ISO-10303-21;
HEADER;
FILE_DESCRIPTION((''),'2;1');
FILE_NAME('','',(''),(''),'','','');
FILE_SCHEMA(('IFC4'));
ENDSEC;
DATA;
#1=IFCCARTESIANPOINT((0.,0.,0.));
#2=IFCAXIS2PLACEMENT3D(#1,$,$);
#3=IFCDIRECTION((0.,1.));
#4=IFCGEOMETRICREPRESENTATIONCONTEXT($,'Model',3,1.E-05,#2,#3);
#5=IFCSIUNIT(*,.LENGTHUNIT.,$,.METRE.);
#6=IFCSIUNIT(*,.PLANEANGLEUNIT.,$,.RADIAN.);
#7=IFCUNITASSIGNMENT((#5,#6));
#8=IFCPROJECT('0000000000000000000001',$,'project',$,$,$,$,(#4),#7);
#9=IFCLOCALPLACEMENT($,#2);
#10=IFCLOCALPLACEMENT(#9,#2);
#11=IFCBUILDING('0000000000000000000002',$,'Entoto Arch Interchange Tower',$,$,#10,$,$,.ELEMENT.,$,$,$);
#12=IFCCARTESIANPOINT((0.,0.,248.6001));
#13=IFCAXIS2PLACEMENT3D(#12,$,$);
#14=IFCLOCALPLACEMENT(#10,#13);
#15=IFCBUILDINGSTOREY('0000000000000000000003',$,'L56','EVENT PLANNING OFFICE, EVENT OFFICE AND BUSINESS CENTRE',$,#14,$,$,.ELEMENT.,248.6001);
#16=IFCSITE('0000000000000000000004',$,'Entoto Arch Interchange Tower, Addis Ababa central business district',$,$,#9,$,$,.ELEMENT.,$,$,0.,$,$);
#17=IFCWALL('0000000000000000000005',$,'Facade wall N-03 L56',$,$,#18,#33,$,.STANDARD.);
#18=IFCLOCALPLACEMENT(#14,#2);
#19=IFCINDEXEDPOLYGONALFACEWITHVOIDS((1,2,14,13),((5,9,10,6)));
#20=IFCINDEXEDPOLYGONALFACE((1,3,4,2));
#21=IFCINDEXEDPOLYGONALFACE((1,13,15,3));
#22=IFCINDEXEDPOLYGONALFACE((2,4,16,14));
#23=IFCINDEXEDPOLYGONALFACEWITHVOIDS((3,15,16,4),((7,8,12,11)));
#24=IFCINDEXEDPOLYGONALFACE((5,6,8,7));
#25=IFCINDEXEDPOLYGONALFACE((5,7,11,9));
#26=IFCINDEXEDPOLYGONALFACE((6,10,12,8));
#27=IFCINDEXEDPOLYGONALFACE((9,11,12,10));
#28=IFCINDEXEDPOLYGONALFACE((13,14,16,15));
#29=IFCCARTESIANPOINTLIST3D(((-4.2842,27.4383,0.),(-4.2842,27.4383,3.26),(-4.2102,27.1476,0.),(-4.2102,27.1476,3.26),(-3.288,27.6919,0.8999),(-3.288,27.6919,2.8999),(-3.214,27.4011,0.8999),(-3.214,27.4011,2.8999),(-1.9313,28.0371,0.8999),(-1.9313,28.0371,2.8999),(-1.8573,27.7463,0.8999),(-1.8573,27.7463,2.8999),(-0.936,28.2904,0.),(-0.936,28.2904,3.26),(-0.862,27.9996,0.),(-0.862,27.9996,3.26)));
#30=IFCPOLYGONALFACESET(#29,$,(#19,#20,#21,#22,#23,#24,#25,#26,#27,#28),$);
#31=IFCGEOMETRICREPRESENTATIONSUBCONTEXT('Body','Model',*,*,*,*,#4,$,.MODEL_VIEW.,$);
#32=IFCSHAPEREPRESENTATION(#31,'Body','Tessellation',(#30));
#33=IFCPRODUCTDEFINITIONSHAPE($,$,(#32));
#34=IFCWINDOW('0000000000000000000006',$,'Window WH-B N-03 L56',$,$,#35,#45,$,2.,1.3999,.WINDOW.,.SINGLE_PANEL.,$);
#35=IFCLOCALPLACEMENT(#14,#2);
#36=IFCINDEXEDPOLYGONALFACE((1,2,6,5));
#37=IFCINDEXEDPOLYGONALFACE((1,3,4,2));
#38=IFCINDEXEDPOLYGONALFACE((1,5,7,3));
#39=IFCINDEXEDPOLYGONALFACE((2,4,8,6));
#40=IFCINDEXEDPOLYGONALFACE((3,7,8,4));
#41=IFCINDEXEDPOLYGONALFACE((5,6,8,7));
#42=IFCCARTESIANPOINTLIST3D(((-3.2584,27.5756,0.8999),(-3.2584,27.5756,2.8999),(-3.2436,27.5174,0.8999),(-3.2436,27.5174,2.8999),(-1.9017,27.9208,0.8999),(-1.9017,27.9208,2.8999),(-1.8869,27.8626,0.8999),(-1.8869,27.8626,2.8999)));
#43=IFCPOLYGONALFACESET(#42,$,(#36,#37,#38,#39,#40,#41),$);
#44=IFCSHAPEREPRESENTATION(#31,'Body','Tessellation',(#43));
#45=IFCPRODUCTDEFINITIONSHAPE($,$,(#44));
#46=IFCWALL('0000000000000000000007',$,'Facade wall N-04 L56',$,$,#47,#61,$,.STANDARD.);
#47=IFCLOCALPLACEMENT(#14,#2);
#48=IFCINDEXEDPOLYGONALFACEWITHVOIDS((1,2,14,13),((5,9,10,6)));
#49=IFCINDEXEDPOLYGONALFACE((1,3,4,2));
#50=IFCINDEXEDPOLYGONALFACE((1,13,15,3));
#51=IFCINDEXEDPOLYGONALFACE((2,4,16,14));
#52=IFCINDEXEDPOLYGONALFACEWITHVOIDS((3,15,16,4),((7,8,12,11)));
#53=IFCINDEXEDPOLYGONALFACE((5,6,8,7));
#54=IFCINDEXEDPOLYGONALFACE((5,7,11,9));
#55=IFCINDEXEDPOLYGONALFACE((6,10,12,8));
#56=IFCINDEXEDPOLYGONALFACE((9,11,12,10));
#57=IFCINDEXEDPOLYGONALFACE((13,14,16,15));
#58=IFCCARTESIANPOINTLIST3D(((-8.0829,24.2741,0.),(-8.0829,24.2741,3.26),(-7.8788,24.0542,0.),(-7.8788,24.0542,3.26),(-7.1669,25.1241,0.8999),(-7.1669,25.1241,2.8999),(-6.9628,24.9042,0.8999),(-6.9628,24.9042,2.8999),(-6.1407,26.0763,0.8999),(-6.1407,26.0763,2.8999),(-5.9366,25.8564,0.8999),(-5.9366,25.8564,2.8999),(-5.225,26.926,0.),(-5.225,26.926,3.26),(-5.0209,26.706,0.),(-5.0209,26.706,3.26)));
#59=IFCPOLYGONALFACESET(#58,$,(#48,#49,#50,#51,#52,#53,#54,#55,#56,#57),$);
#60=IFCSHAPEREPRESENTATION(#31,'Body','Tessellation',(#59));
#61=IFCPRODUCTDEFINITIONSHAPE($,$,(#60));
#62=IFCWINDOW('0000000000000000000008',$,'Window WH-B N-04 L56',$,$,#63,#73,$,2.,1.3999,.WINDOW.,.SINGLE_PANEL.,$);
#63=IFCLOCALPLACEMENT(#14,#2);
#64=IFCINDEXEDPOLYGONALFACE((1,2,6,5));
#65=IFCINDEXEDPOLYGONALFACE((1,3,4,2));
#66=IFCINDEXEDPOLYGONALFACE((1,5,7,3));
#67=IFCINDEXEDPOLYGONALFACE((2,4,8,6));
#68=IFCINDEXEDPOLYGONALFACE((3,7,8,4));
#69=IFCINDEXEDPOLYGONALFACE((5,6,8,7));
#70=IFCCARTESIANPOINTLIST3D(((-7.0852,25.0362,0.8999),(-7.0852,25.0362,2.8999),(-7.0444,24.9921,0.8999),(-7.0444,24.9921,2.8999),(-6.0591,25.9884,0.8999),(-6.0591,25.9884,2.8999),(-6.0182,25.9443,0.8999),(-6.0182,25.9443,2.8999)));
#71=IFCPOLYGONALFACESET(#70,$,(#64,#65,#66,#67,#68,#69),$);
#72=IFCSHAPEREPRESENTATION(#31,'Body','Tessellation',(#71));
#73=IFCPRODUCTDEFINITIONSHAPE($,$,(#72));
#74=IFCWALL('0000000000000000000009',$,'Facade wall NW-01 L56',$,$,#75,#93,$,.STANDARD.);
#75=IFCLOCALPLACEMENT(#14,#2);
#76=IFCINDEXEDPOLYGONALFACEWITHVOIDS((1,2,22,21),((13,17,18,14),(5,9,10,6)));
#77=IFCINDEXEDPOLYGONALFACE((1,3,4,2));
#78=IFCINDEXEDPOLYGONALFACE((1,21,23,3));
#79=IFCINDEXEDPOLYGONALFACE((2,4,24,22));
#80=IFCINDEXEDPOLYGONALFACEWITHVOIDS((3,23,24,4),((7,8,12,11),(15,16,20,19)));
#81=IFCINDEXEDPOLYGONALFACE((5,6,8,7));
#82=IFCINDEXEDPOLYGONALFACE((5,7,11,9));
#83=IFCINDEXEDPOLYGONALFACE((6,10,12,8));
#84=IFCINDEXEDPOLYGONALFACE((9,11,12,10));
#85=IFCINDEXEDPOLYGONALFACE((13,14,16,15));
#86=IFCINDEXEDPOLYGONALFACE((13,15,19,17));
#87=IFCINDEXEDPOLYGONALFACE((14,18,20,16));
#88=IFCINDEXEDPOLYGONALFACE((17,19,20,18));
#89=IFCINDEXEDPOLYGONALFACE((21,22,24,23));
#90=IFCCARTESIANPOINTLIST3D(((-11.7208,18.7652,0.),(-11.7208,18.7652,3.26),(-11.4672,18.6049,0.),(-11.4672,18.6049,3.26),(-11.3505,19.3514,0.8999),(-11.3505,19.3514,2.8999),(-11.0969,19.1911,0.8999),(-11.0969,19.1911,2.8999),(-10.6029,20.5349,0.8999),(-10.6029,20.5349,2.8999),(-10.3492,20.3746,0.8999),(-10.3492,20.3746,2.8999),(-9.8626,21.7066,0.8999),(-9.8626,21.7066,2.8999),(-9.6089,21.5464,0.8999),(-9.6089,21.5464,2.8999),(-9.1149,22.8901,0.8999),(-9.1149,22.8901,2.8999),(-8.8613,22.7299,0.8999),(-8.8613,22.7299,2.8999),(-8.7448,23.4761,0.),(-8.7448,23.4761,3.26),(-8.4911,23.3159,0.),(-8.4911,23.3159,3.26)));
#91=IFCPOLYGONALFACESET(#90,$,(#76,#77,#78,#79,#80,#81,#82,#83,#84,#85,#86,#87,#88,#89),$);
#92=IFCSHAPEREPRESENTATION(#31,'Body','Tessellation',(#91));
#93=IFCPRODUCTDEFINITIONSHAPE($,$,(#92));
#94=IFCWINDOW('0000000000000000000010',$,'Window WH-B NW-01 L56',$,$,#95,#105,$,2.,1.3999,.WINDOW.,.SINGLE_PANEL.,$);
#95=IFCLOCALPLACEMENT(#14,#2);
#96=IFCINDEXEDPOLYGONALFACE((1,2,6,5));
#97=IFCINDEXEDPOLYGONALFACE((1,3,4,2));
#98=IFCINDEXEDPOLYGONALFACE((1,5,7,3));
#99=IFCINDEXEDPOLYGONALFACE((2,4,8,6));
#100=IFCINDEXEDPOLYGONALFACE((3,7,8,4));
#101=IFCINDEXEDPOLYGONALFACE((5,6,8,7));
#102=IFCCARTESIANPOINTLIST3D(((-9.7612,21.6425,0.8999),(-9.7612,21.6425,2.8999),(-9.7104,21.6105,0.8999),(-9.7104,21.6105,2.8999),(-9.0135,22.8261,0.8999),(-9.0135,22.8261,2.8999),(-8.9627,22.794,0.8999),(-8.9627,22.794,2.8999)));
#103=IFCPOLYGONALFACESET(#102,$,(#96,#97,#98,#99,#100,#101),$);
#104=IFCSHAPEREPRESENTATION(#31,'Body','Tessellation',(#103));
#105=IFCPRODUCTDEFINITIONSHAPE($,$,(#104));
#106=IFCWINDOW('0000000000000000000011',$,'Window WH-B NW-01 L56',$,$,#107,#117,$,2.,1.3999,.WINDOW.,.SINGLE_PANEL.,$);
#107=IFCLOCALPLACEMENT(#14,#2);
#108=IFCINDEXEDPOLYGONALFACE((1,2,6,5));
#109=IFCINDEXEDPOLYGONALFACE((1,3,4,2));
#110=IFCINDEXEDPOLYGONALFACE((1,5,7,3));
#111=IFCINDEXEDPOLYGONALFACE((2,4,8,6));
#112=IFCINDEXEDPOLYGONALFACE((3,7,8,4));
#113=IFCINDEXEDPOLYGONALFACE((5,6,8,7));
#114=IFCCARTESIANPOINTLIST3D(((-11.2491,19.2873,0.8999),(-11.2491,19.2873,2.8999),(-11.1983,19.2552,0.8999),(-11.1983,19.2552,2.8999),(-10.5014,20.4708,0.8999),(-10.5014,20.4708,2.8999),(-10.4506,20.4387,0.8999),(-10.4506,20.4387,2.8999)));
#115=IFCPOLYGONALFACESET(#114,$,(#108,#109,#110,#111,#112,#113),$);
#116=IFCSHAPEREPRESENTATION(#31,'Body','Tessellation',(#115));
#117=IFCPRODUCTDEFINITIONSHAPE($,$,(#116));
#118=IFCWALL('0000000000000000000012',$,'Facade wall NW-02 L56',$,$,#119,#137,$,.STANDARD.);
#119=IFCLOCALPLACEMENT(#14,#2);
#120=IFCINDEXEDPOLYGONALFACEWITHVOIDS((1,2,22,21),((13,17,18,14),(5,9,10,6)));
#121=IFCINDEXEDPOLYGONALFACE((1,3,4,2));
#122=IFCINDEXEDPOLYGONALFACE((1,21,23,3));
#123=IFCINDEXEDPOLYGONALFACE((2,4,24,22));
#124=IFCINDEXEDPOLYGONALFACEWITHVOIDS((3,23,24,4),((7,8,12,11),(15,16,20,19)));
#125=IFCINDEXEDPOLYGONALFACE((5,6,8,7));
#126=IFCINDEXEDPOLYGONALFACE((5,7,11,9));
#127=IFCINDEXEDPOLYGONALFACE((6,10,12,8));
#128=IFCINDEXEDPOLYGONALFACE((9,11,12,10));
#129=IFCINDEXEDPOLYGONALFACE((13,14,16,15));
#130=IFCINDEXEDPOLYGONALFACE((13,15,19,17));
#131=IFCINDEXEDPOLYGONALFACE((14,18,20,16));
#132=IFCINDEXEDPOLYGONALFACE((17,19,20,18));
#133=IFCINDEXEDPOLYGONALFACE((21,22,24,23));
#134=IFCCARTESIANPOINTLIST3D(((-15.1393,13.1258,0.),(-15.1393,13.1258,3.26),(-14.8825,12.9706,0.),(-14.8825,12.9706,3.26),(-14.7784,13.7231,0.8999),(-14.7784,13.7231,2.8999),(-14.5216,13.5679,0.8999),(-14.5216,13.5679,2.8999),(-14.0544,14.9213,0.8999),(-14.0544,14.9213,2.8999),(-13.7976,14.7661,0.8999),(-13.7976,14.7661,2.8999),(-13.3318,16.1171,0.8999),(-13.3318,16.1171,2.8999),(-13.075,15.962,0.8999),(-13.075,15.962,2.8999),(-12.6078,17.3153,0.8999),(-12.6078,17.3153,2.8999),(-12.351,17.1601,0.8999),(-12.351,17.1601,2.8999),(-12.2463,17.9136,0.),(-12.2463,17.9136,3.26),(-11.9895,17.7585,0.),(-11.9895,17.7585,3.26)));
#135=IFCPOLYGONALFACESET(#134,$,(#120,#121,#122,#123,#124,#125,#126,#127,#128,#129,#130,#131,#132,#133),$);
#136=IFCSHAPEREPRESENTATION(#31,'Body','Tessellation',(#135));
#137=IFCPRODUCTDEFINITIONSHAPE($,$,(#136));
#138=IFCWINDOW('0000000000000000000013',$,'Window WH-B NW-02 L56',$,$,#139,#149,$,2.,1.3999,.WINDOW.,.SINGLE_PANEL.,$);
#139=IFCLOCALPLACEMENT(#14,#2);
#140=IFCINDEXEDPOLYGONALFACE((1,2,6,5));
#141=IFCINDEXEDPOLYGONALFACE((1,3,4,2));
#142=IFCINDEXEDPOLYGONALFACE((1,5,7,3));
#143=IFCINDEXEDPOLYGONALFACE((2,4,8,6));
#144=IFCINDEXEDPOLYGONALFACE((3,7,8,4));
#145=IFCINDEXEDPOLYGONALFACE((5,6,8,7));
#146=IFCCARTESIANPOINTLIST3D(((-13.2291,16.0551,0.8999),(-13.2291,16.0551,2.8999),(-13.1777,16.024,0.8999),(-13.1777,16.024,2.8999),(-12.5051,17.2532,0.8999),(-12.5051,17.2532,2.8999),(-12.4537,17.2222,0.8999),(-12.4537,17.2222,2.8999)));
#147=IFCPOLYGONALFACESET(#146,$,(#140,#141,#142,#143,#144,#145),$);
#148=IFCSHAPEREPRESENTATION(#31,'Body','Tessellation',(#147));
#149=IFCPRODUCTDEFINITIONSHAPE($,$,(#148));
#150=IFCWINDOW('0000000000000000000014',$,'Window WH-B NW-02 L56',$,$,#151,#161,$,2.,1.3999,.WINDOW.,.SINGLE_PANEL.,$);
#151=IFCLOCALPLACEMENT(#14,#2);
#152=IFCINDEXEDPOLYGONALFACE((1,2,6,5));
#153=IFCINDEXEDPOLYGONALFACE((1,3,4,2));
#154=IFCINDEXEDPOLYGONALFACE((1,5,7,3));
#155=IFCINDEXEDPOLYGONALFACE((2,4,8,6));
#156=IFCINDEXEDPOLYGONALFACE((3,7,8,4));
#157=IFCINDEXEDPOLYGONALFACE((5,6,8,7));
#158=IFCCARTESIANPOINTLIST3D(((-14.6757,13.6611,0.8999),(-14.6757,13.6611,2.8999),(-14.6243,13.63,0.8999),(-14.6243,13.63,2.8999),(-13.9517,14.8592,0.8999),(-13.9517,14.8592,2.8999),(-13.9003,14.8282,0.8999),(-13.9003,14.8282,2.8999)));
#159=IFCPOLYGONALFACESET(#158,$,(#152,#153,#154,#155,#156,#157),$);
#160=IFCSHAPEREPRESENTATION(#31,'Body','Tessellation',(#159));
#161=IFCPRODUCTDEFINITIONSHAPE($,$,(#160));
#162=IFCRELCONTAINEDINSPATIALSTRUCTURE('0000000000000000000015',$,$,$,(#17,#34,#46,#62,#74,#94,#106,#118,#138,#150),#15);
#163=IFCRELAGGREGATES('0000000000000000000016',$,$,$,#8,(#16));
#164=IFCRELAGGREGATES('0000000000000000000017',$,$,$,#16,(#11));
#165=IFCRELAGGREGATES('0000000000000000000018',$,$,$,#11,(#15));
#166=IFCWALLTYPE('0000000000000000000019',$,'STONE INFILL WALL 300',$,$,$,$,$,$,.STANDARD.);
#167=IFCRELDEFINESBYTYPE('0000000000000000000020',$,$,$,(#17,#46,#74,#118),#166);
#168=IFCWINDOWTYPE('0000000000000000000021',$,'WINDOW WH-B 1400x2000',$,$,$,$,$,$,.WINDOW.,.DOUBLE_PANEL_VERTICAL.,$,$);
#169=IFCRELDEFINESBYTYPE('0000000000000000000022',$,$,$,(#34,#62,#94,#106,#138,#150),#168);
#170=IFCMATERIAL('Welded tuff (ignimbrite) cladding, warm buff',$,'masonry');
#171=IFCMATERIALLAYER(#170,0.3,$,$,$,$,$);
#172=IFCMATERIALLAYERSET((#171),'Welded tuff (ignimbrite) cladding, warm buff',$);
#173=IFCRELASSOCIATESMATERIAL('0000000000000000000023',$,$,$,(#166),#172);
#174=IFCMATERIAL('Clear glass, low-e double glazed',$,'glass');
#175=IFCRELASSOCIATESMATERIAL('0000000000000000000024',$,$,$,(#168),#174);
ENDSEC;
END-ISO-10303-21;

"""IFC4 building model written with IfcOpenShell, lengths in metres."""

from ifc_helpers import new_model, si_unit, direction, frame, frame_2d, origin, place, context, subcontext, project, spatial, rectangle, extrude, material, layer, layer_set, type_object, element, fill, save


model = new_model("IFC4")

# Units and contexts
model_context = context("Model", 3, precision=1e-05, world=origin(), true_north=direction((0.0, 1.0)))
body_context = subcontext(model_context, "Body", "Model", "MODEL_VIEW")
ifc_project = project(units=[si_unit("LENGTHUNIT", "METRE"), si_unit("PLANEANGLEUNIT", "RADIAN")], contexts=[model_context])

# Site, building, storey
site_placement = place(None, origin())
site = spatial("IfcSite", under=ifc_project, at=site_placement, Name="Entoto Arch Interchange Tower, Addis Ababa central business district", CompositionType="ELEMENT", RefElevation=0.0)
building_placement = place(site_placement, origin())
building = spatial("IfcBuilding", under=site, at=building_placement, Name="Entoto Arch Interchange Tower", CompositionType="ELEMENT")
storey_placement = place(building_placement, frame((0.0, 0.0, 248.6001)))
storey = spatial("IfcBuildingStorey", under=building, at=storey_placement, Name="L56", Description="EVENT PLANNING OFFICE, EVENT OFFICE AND BUSINESS CENTRE", CompositionType="ELEMENT", Elevation=248.6001)

# Walls, openings, windows
ifc_material_1 = material(Name="Welded tuff (ignimbrite) cladding, warm buff", Category="masonry")
ifc_layer_1 = layer(ifc_material_1, 0.3)
ifc_layer_set_1 = layer_set([ifc_layer_1], Name="Welded tuff (ignimbrite) cladding, warm buff")
wall_type_1 = type_object("IfcWallType", Name="STONE INFILL WALL 300", PredefinedType="STANDARD", material=ifc_layer_set_1)
wall_1_placement = place(storey_placement, frame((-0.8989, 28.145, 0.0), z_axis=(0.0, 0.0, 1.0), x_axis=(-0.969111, -0.246624, 0.0)))
wall_1 = element("IfcWall", 1, at=wall_1_placement, inside=storey, type_object=wall_type_1, Name="Facade wall N-03 L56", PredefinedType="STANDARD", context=body_context, shape_type="SweptSolid", body=[
    extrude(rectangle(XDim=3.4548, YDim=0.3, at=frame_2d((1.7275, 0.0))), origin(), (0.0, 0.0, 1.0), 3.26),
])
opening_1_placement = place(wall_1_placement, frame((1.0271, 0.0, 0.8999)))
opening_1 = element("IfcOpeningElement", 2, at=opening_1_placement, cuts=wall_1, PredefinedType="OPENING", context=body_context, shape_type="SweptSolid", body=[
    extrude(rectangle(XDim=1.3999, YDim=2.0, at=frame_2d((0.7, 1.0))), frame((0.0, 0.1602, 0.0), z_axis=(0.0, -1.0, 0.0), x_axis=(1.0, 0.0, 0.0)), (0.0, 0.0, 1.0), 0.3201),
])
ifc_material_2 = material(Name="Clear glass, low-e double glazed", Category="glass")
window_type = type_object("IfcWindowType", Name="WINDOW WH-B 1400x2000", PartitioningType="DOUBLE_PANEL_VERTICAL", PredefinedType="WINDOW", material=ifc_material_2)
window_1_placement = place(opening_1_placement, origin())
window_1 = element("IfcWindow", 3, at=window_1_placement, inside=storey, type_object=window_type, Name="Window WH-B N-03 L56", OverallHeight=2.0, OverallWidth=1.3999, PartitioningType="SINGLE_PANEL", PredefinedType="WINDOW", context=body_context, shape_type="SweptSolid", body=[
    extrude(rectangle(XDim=1.3999, YDim=2.0, at=frame_2d((0.7, 1.0))), frame((0.0, 0.03, 0.0), z_axis=(0.0, -1.0, 0.0), x_axis=(1.0, 0.0, 0.0)), (0.0, 0.0, 1.0), 0.0601),
])
fill(opening_1, window_1)
wall_2_placement = place(storey_placement, frame((-5.123, 26.8159, 0.0), z_axis=(0.0, 0.0, 1.0), x_axis=(-0.733039, -0.680187, 0.0)))
wall_2 = element("IfcWall", 4, at=wall_2_placement, inside=storey, type_object=wall_type_1, Name="Facade wall N-04 L56", PredefinedType="STANDARD", context=body_context, shape_type="SweptSolid", body=[
    extrude(rectangle(XDim=3.8987, YDim=0.3, at=frame_2d((1.9492, 0.0))), origin(), (0.0, 0.0, 1.0), 3.26),
])
opening_2_placement = place(wall_2_placement, frame((1.249, 0.0, 0.8999)))
opening_2 = element("IfcOpeningElement", 5, at=opening_2_placement, cuts=wall_2, PredefinedType="OPENING", context=body_context, shape_type="SweptSolid", body=[
    extrude(rectangle(XDim=1.3999, YDim=2.0, at=frame_2d((0.7, 1.0))), frame((0.0, 0.1602, 0.0), z_axis=(0.0, -1.0, 0.0), x_axis=(1.0, 0.0, 0.0)), (0.0, 0.0, 1.0), 0.3201),
])
window_2_placement = place(opening_2_placement, origin())
window_2 = element("IfcWindow", 6, at=window_2_placement, inside=storey, type_object=window_type, Name="Window WH-B N-04 L56", OverallHeight=2.0, OverallWidth=1.3999, PartitioningType="SINGLE_PANEL", PredefinedType="WINDOW", context=body_context, shape_type="SweptSolid", body=[
    extrude(rectangle(XDim=1.3999, YDim=2.0, at=frame_2d((0.7, 1.0))), frame((0.0, 0.03, 0.0), z_axis=(0.0, -1.0, 0.0), x_axis=(1.0, 0.0, 0.0)), (0.0, 0.0, 1.0), 0.0601),
])
fill(opening_2, window_2)

# Walls, openings, windows
wall_3_placement = place(storey_placement, frame((-8.6179, 23.396, 0.0), z_axis=(0.0, 0.0, 1.0), x_axis=(-0.534089, -0.845429, 0.0)))
wall_3 = element("IfcWall", 7, at=wall_3_placement, inside=storey, type_object=wall_type_1, Name="Facade wall NW-01 L56", PredefinedType="STANDARD", context=body_context, shape_type="SweptSolid", body=[
    extrude(rectangle(XDim=5.5723, YDim=0.3, at=frame_2d((2.7861, 0.0))), origin(), (0.0, 0.0, 1.0), 3.26),
])
opening_3_placement = place(wall_3_placement, frame((0.6931, 0.0, 0.8999)))
opening_3 = element("IfcOpeningElement", 8, at=opening_3_placement, cuts=wall_3, PredefinedType="OPENING", context=body_context, shape_type="SweptSolid", body=[
    extrude(rectangle(XDim=1.3999, YDim=2.0, at=frame_2d((0.7, 1.0))), frame((0.0, 0.1602, 0.0), z_axis=(0.0, -1.0, 0.0), x_axis=(1.0, 0.0, 0.0)), (0.0, 0.0, 1.0), 0.3201),
])
opening_4_placement = place(wall_3_placement, frame((3.479, 0.0, 0.8999)))
opening_4 = element("IfcOpeningElement", 9, at=opening_4_placement, cuts=wall_3, PredefinedType="OPENING", context=body_context, shape_type="SweptSolid", body=[
    extrude(rectangle(XDim=1.3999, YDim=2.0, at=frame_2d((0.7, 1.0))), frame((0.0, 0.1602, 0.0), z_axis=(0.0, -1.0, 0.0), x_axis=(1.0, 0.0, 0.0)), (0.0, 0.0, 1.0), 0.3201),
])
window_3_placement = place(opening_3_placement, origin())
window_3 = element("IfcWindow", 10, at=window_3_placement, inside=storey, type_object=window_type, Name="Window WH-B NW-01 L56", OverallHeight=2.0, OverallWidth=1.3999, PartitioningType="SINGLE_PANEL", PredefinedType="WINDOW", context=body_context, shape_type="SweptSolid", body=[
    extrude(rectangle(XDim=1.3999, YDim=2.0, at=frame_2d((0.7, 1.0))), frame((0.0, 0.03, 0.0), z_axis=(0.0, -1.0, 0.0), x_axis=(1.0, 0.0, 0.0)), (0.0, 0.0, 1.0), 0.0601),
])
fill(opening_3, window_3)
window_4_placement = place(opening_4_placement, origin())
window_4 = element("IfcWindow", 11, at=window_4_placement, inside=storey, type_object=window_type, Name="Window WH-B NW-01 L56", OverallHeight=2.0, OverallWidth=1.3999, PartitioningType="SINGLE_PANEL", PredefinedType="WINDOW", context=body_context, shape_type="SweptSolid", body=[
    extrude(rectangle(XDim=1.3999, YDim=2.0, at=frame_2d((0.7, 1.0))), frame((0.0, 0.03, 0.0), z_axis=(0.0, -1.0, 0.0), x_axis=(1.0, 0.0, 0.0)), (0.0, 0.0, 1.0), 0.0601),
])
fill(opening_4, window_4)
wall_4_placement = place(storey_placement, frame((-12.1179, 17.8359, 0.0), z_axis=(0.0, 0.0, 1.0), x_axis=(-0.51717, -0.855883, 0.0)))
wall_4 = element("IfcWall", 12, at=wall_4_placement, inside=storey, type_object=wall_type_1, Name="Facade wall NW-02 L56", PredefinedType="STANDARD", context=body_context, shape_type="SweptSolid", body=[
    extrude(rectangle(XDim=5.594, YDim=0.3, at=frame_2d((2.7969, 0.0))), origin(), (0.0, 0.0, 1.0), 3.26),
])
opening_5_placement = place(wall_4_placement, frame((0.699, 0.0, 0.8999)))
opening_5 = element("IfcOpeningElement", 13, at=opening_5_placement, cuts=wall_4, PredefinedType="OPENING", context=body_context, shape_type="SweptSolid", body=[
    extrude(rectangle(XDim=1.3999, YDim=2.0, at=frame_2d((0.7, 1.0))), frame((0.0, 0.1602, 0.0), z_axis=(0.0, -1.0, 0.0), x_axis=(1.0, 0.0, 0.0)), (0.0, 0.0, 1.0), 0.3201),
])
opening_6_placement = place(wall_4_placement, frame((3.4961, 0.0, 0.8999)))
opening_6 = element("IfcOpeningElement", 14, at=opening_6_placement, cuts=wall_4, PredefinedType="OPENING", context=body_context, shape_type="SweptSolid", body=[
    extrude(rectangle(XDim=1.3999, YDim=2.0, at=frame_2d((0.7, 1.0))), frame((0.0, 0.1602, 0.0), z_axis=(0.0, -1.0, 0.0), x_axis=(1.0, 0.0, 0.0)), (0.0, 0.0, 1.0), 0.3201),
])
window_5_placement = place(opening_5_placement, origin())
window_5 = element("IfcWindow", 15, at=window_5_placement, inside=storey, type_object=window_type, Name="Window WH-B NW-02 L56", OverallHeight=2.0, OverallWidth=1.3999, PartitioningType="SINGLE_PANEL", PredefinedType="WINDOW", context=body_context, shape_type="SweptSolid", body=[
    extrude(rectangle(XDim=1.3999, YDim=2.0, at=frame_2d((0.7, 1.0))), frame((0.0, 0.03, 0.0), z_axis=(0.0, -1.0, 0.0), x_axis=(1.0, 0.0, 0.0)), (0.0, 0.0, 1.0), 0.0601),
])
fill(opening_5, window_5)
window_6_placement = place(opening_6_placement, origin())
window_6 = element("IfcWindow", 16, at=window_6_placement, inside=storey, type_object=window_type, Name="Window WH-B NW-02 L56", OverallHeight=2.0, OverallWidth=1.3999, PartitioningType="SINGLE_PANEL", PredefinedType="WINDOW", context=body_context, shape_type="SweptSolid", body=[
    extrude(rectangle(XDim=1.3999, YDim=2.0, at=frame_2d((0.7, 1.0))), frame((0.0, 0.03, 0.0), z_axis=(0.0, -1.0, 0.0), x_axis=(1.0, 0.0, 0.0)), (0.0, 0.0, 1.0), 0.0601),
])
fill(opening_6, window_6)

save(model, "model.ifc")
